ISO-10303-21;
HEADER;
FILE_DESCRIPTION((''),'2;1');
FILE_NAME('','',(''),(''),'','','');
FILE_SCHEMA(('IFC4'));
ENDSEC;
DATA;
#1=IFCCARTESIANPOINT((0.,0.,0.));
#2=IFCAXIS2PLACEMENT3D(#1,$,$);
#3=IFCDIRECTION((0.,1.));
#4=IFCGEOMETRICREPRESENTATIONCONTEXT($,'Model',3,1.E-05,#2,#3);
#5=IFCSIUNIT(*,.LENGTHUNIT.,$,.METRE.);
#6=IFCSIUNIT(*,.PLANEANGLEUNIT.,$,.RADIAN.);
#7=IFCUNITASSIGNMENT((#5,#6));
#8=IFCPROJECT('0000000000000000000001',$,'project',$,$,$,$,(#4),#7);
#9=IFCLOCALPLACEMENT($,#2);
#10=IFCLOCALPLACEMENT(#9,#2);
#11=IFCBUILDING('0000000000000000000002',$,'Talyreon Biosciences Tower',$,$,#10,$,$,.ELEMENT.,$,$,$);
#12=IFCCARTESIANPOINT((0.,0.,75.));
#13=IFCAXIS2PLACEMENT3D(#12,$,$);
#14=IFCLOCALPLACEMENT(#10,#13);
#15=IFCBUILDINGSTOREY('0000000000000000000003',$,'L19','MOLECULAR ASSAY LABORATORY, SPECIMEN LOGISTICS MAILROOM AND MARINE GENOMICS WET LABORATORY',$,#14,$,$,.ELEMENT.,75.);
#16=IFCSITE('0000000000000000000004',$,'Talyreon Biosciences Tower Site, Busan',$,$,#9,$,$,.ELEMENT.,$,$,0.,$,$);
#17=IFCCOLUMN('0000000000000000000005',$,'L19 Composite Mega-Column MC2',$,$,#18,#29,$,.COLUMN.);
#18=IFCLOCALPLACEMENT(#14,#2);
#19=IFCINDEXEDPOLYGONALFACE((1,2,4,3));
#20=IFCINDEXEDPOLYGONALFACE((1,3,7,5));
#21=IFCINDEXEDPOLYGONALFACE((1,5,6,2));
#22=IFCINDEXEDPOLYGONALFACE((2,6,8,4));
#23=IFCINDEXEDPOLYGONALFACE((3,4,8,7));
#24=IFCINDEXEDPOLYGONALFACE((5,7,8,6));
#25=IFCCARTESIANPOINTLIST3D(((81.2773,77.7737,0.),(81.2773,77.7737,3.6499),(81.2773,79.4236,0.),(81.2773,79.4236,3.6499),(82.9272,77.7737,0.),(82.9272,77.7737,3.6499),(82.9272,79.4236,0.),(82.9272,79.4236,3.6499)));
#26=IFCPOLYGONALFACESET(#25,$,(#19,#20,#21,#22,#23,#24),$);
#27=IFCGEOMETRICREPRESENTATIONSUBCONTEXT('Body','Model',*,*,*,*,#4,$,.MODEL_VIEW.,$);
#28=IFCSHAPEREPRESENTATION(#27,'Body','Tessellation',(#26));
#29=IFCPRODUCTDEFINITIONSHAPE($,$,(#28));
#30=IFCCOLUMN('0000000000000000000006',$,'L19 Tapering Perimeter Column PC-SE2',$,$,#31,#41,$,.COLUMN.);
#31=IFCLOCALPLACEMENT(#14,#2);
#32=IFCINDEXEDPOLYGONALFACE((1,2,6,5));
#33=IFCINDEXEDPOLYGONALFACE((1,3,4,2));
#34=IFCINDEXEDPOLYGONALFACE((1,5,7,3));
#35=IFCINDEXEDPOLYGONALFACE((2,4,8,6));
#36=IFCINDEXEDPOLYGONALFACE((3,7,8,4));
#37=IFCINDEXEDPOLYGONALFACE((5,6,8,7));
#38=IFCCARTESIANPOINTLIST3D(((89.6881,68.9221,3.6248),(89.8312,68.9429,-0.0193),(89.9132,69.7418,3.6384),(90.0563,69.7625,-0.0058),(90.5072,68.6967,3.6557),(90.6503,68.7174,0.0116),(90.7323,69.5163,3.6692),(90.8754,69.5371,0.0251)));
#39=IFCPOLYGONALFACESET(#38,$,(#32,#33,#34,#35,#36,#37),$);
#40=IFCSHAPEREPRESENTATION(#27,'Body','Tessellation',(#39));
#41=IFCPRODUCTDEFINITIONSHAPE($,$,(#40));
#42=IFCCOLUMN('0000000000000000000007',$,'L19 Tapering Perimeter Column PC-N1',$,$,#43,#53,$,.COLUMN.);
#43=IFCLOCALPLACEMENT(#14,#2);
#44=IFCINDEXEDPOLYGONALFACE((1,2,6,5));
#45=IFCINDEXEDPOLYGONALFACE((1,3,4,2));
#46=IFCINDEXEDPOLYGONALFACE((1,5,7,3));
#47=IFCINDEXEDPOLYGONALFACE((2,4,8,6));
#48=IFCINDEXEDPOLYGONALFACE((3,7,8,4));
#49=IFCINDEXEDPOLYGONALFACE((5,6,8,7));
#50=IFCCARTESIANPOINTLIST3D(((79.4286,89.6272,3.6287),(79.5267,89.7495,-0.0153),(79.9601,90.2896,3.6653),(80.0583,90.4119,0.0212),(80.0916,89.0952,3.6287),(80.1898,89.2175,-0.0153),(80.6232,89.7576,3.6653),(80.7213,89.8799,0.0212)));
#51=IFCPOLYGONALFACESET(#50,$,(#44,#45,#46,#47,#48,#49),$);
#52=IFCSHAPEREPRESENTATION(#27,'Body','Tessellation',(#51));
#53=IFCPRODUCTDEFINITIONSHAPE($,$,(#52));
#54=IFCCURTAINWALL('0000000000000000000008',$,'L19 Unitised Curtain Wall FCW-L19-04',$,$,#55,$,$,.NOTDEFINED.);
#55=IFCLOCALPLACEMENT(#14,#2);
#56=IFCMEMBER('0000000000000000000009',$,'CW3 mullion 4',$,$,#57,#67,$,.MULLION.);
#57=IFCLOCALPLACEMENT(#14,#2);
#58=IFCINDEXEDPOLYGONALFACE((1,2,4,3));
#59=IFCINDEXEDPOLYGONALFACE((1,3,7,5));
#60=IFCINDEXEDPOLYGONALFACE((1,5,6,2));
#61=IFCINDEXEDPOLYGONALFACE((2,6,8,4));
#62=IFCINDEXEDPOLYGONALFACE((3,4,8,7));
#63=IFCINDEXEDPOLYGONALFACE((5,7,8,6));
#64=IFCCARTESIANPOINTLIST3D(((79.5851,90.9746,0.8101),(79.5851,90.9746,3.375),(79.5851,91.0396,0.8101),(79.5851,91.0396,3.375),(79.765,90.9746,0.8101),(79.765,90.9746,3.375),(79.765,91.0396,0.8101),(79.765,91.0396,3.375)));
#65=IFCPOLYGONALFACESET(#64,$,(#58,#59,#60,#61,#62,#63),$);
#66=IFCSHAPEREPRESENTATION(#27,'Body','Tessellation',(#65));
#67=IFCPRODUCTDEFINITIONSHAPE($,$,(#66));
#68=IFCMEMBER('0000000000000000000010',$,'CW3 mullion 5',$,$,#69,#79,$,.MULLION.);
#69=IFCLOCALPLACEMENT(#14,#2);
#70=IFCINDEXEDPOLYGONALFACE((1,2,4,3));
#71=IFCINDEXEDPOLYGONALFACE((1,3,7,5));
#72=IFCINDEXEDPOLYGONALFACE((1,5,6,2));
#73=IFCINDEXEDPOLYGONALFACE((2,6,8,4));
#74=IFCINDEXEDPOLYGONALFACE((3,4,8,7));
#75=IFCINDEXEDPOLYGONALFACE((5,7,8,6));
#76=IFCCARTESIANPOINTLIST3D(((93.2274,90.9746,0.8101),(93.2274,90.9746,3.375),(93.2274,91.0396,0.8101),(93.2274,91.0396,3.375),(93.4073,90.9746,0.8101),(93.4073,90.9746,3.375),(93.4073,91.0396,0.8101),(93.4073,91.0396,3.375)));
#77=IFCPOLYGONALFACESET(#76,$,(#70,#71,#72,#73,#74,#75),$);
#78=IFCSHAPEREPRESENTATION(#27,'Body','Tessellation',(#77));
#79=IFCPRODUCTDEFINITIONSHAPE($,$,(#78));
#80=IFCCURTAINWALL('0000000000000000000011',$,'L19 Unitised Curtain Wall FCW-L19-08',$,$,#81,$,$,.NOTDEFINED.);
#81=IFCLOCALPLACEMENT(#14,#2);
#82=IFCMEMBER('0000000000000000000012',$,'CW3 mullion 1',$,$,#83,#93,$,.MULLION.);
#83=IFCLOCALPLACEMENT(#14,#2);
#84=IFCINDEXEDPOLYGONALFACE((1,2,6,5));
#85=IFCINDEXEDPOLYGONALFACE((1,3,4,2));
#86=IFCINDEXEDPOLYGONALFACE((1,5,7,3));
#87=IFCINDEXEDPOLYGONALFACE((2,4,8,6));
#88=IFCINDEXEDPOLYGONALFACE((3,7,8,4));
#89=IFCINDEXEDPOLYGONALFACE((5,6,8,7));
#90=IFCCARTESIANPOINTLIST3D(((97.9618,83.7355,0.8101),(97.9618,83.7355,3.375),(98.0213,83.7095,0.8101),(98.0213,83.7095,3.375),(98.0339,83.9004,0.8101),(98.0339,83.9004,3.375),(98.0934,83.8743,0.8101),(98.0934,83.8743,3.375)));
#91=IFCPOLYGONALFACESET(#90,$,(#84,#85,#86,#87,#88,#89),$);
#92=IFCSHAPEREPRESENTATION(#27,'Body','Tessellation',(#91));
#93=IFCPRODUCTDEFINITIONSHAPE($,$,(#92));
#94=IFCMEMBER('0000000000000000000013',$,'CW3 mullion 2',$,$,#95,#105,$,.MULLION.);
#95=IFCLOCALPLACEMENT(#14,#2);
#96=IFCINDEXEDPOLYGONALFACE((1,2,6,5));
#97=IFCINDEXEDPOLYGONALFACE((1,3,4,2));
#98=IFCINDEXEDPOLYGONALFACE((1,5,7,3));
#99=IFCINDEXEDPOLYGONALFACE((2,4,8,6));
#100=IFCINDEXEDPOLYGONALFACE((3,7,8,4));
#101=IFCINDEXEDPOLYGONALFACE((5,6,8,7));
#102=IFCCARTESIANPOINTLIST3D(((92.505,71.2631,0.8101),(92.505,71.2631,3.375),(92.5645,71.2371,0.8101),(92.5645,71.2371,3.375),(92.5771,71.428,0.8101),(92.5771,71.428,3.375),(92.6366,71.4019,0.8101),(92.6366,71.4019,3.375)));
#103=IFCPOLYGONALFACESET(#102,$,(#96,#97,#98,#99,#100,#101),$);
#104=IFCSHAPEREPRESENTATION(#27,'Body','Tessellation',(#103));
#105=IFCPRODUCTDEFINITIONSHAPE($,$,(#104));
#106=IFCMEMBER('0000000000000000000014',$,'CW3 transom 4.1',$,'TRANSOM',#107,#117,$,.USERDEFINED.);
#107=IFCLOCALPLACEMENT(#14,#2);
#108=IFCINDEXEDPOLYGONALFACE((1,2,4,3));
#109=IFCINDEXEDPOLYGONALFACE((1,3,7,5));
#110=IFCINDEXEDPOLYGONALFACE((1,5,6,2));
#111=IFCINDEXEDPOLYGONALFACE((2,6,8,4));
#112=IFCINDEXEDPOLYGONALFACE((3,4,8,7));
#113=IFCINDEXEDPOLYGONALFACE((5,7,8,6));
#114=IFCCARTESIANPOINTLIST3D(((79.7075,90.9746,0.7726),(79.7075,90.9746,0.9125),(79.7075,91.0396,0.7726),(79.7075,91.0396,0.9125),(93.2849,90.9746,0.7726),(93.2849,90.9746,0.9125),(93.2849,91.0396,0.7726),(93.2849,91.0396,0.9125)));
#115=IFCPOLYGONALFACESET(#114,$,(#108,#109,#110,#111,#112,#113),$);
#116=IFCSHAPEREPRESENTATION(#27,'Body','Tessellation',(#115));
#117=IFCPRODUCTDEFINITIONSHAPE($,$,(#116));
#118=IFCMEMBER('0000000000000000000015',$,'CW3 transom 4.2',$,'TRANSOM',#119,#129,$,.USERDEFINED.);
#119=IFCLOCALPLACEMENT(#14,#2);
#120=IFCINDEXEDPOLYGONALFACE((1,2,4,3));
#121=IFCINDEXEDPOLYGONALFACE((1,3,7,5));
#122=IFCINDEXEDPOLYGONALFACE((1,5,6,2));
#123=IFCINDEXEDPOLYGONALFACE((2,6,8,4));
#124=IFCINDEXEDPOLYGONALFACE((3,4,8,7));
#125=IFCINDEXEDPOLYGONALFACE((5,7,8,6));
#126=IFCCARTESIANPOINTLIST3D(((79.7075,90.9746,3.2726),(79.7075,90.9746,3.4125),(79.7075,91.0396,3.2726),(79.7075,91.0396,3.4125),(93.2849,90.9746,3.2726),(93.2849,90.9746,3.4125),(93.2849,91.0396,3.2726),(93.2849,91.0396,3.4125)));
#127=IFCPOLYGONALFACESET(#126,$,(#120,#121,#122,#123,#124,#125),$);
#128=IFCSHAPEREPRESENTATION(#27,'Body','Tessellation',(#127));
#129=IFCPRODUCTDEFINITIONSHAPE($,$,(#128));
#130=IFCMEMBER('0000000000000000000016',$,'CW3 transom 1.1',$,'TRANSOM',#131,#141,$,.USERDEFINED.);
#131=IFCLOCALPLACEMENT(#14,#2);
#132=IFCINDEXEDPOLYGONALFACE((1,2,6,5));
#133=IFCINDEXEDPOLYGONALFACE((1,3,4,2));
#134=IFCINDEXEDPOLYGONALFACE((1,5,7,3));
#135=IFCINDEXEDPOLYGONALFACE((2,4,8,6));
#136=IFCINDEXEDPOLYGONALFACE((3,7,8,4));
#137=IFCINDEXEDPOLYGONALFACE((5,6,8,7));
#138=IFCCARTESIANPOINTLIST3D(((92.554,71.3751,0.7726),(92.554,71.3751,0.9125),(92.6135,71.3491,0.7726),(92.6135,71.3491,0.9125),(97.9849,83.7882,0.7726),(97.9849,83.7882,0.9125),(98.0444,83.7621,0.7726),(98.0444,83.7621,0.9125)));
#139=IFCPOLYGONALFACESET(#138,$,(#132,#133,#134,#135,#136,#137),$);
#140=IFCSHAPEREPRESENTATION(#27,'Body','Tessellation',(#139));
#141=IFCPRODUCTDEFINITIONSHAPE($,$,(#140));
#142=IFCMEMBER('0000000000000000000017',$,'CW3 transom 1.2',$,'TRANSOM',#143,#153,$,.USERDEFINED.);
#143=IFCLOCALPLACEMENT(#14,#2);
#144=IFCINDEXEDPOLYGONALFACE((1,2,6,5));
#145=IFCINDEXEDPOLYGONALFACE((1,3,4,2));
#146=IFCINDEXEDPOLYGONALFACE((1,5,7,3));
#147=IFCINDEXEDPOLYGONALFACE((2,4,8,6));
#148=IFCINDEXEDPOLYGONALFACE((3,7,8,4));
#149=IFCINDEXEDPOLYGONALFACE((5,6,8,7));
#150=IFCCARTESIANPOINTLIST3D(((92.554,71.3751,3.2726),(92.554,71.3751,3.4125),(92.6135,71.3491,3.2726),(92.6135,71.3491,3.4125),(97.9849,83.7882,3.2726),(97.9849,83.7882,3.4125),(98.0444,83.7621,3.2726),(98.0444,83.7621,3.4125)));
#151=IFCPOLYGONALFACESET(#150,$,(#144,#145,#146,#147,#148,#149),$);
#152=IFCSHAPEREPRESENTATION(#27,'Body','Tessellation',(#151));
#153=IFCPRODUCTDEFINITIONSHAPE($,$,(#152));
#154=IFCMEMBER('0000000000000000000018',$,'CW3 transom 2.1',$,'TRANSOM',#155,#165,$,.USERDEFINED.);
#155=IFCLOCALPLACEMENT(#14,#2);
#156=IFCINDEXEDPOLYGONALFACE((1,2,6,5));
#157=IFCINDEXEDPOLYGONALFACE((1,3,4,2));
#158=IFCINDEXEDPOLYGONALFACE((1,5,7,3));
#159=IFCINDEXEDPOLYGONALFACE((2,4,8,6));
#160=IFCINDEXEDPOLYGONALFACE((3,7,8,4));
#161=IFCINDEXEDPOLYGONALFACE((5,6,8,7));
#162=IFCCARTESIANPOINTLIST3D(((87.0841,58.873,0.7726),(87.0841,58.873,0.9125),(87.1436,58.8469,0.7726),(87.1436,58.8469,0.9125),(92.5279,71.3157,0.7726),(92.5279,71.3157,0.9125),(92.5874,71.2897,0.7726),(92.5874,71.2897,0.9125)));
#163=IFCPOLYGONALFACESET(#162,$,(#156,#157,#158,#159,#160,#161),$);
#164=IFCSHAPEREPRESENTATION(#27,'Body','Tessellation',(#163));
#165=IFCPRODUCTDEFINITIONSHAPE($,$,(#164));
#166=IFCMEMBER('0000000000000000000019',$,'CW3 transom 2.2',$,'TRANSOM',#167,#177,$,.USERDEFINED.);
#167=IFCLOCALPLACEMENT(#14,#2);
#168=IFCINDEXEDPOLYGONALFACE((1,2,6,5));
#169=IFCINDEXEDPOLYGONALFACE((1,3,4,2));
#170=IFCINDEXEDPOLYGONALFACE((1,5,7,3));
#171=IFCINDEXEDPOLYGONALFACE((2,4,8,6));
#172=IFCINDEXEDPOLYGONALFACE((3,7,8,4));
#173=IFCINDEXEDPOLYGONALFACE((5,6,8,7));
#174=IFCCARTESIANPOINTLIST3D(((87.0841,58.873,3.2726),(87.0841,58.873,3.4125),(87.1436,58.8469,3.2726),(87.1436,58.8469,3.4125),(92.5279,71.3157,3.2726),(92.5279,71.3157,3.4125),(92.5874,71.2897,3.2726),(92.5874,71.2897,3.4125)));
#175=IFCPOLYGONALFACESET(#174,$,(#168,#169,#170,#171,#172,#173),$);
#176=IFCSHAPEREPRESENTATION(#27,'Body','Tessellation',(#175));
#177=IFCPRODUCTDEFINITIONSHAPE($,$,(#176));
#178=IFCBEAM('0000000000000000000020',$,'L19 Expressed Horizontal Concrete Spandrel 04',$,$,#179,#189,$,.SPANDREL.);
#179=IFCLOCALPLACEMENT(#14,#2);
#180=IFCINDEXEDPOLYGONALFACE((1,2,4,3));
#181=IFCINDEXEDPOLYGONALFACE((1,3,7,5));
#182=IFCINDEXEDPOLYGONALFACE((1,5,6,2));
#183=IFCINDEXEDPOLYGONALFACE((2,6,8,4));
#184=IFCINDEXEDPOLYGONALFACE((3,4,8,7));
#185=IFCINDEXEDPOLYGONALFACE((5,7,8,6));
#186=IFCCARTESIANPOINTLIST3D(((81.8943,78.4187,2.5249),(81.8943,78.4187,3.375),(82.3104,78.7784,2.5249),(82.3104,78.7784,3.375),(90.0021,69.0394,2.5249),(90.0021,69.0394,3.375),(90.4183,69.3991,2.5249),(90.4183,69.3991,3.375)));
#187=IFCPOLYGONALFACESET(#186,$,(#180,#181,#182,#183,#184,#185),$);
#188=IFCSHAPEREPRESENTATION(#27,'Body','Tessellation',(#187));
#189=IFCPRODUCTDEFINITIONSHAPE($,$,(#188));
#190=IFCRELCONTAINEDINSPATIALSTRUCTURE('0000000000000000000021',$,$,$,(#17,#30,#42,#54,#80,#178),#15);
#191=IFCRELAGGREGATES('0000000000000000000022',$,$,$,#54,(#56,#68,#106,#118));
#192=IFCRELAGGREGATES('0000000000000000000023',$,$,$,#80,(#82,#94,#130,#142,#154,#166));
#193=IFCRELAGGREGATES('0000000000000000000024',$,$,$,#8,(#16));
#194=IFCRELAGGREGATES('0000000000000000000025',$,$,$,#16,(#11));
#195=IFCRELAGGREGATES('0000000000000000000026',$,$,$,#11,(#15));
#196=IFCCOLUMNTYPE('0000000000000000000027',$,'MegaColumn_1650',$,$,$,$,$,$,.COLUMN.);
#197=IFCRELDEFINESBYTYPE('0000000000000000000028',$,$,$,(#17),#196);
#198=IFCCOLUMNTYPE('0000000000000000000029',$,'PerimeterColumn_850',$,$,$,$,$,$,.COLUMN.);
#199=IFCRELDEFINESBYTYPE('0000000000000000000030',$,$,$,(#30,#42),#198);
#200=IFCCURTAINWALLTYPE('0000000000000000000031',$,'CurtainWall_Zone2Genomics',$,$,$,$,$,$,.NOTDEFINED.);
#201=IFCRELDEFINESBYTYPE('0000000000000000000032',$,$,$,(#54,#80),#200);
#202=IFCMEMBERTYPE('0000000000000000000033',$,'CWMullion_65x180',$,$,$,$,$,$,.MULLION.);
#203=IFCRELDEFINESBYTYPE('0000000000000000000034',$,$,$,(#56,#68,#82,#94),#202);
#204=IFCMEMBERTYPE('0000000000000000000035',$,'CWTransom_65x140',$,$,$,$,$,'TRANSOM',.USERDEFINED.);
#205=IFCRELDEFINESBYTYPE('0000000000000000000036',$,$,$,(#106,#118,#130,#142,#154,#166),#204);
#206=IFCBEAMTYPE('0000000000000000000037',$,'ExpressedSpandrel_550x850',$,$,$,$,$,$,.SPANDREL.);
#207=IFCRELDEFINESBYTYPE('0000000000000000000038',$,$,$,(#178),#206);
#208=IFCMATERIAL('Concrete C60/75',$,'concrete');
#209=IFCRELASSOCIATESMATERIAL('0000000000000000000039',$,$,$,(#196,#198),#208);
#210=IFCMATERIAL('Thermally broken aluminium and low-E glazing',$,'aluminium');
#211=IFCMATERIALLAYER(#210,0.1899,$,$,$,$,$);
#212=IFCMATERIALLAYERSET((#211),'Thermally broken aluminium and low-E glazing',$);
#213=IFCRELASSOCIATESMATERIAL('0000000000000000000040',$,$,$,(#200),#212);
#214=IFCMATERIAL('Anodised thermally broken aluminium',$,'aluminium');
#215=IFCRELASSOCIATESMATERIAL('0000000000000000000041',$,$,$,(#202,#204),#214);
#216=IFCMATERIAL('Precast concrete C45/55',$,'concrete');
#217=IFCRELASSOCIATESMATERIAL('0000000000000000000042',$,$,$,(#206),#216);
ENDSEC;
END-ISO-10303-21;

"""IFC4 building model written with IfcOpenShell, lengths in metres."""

from ifc_helpers import new_model, si_unit, direction, frame, origin, origin_2d, place, context, subcontext, project, spatial, rectangle, extrude, material, layer, layer_set, material_profile, profile_set, type_object, element, aggregate, save


model = new_model("IFC4")

# Units and contexts
model_context = context("Model", 3, precision=1e-05, world=origin(), true_north=direction((0.0, 1.0)))
body_context = subcontext(model_context, "Body", "Model", "MODEL_VIEW")
ifc_project = project(units=[si_unit("LENGTHUNIT", "METRE"), si_unit("PLANEANGLEUNIT", "RADIAN")], contexts=[model_context])

# Site, building, storey
site_placement = place(None, origin())
site = spatial("IfcSite", under=ifc_project, at=site_placement, Name="Talyreon Biosciences Tower Site, Busan", CompositionType="ELEMENT", RefElevation=0.0)
building_placement = place(site_placement, origin())
building = spatial("IfcBuilding", under=site, at=building_placement, Name="Talyreon Biosciences Tower", CompositionType="ELEMENT")
storey_placement = place(building_placement, frame((0.0, 0.0, 75.0)))
storey = spatial("IfcBuildingStorey", under=building, at=storey_placement, Name="L19", Description="MOLECULAR ASSAY LABORATORY, SPECIMEN LOGISTICS MAILROOM AND MARINE GENOMICS WET LABORATORY", CompositionType="ELEMENT", Elevation=75.0)

# Columns
ifc_material_1 = material(Name="Concrete C60/75", Category="concrete")
ifc_material_profile_1 = material_profile(ifc_material_1, rectangle(XDim=1.6499, YDim=1.6499, at=origin_2d()), Name="RC 1650x1650")
ifc_profile_set_1 = profile_set([ifc_material_profile_1], Name="Concrete C60/75")
column_type_1 = type_object("IfcColumnType", Name="MegaColumn_1650", PredefinedType="COLUMN", material=ifc_profile_set_1)
column_1_placement = place(storey_placement, frame((82.1023, 78.5986, 0.0), z_axis=(0.0, 0.0, 1.0), x_axis=(1.0, 0.0, 0.0)))
element("IfcColumn", 1, at=column_1_placement, inside=storey, type_object=column_type_1, Name="L19 Composite Mega-Column MC2", PredefinedType="COLUMN", context=body_context, shape_type="SweptSolid", body=[
    extrude(rectangle(XDim=1.6499, YDim=1.6499, at=origin_2d()), origin(), (0.0, 0.0, 1.0), 3.6499),
])
ifc_material_profile_2 = material_profile(ifc_material_1, rectangle(XDim=0.8501, YDim=0.8501, at=origin_2d()), Name="RC 850x850")
ifc_profile_set_2 = profile_set([ifc_material_profile_2], Name="Concrete C60/75")
column_type_2 = type_object("IfcColumnType", Name="PerimeterColumn_850", PredefinedType="COLUMN", material=ifc_profile_set_2)
column_2_placement = place(storey_placement, frame((90.3533, 69.24, 0.0029), z_axis=(-0.039229, -0.00569, 0.999214), x_axis=(0.963504, -0.265218, 0.036317)))
element("IfcColumn", 2, at=column_2_placement, inside=storey, type_object=column_type_2, Name="L19 Tapering Perimeter Column PC-SE2", PredefinedType="COLUMN", context=body_context, shape_type="SweptSolid", body=[
    extrude(rectangle(XDim=0.8501, YDim=0.8501, at=origin_2d()), origin(), (0.0, 0.0, 1.0), 3.647),
])
column_3_placement = place(storey_placement, frame((80.124, 89.8147, 0.0029), z_axis=(-0.026908, -0.033535, 0.999075), x_axis=(-0.779957, 0.625834, 0.0)))
element("IfcColumn", 3, at=column_3_placement, inside=storey, type_object=column_type_2, Name="L19 Tapering Perimeter Column PC-N1", PredefinedType="COLUMN", context=body_context, shape_type="SweptSolid", body=[
    extrude(rectangle(XDim=0.8501, YDim=0.8501, at=origin_2d()), origin(), (0.0, 0.0, 1.0), 3.6475),
])

# Curtain walls, members
ifc_material_2 = material(Name="Thermally broken aluminium and low-E glazing", Category="aluminium")
ifc_layer_1 = layer(ifc_material_2, 0.1899)
ifc_layer_set_1 = layer_set([ifc_layer_1], Name="Thermally broken aluminium and low-E glazing")
curtain_wall_type = type_object("IfcCurtainWallType", Name="CurtainWall_Zone2Genomics", PredefinedType="NOTDEFINED", material=ifc_layer_set_1)
curtain_wall_1_placement = place(storey_placement, origin())
curtain_wall_1 = element("IfcCurtainWall", 4, at=curtain_wall_1_placement, inside=storey, type_object=curtain_wall_type, Name="L19 Unitised Curtain Wall FCW-L19-04", PredefinedType="NOTDEFINED")
ifc_material_3 = material(Name="Anodised thermally broken aluminium", Category="aluminium")
ifc_material_profile_3 = material_profile(ifc_material_3, rectangle(XDim=0.0649, YDim=0.1799, at=origin_2d()), Name="ALUM MULLION 65x180")
ifc_profile_set_3 = profile_set([ifc_material_profile_3], Name="Anodised thermally broken aluminium")
member_type_1 = type_object("IfcMemberType", Name="CWMullion_65x180", PredefinedType="MULLION", material=ifc_profile_set_3)
member_1_placement = place(storey_placement, frame((79.675, 91.0071, 0.8101), z_axis=(0.0, 0.0, 1.0), x_axis=(0.0, 1.0, 0.0)))
member_1 = element("IfcMember", 5, at=member_1_placement, type_object=member_type_1, Name="CW3 mullion 4", PredefinedType="MULLION", context=body_context, shape_type="SweptSolid", body=[
    extrude(rectangle(XDim=0.0649, YDim=0.1799, at=origin_2d()), origin(), (0.0, 0.0, 1.0), 2.5649),
])
member_2_placement = place(storey_placement, frame((93.3174, 91.0071, 0.8101), z_axis=(0.0, 0.0, 1.0), x_axis=(0.0, 1.0, 0.0)))
member_2 = element("IfcMember", 6, at=member_2_placement, type_object=member_type_1, Name="CW3 mullion 5", PredefinedType="MULLION", context=body_context, shape_type="SweptSolid", body=[
    extrude(rectangle(XDim=0.0649, YDim=0.1799, at=origin_2d()), origin(), (0.0, 0.0, 1.0), 2.5649),
])
curtain_wall_2_placement = place(storey_placement, origin())
curtain_wall_2 = element("IfcCurtainWall", 7, at=curtain_wall_2_placement, inside=storey, type_object=curtain_wall_type, Name="L19 Unitised Curtain Wall FCW-L19-08", PredefinedType="NOTDEFINED")
member_3_placement = place(storey_placement, frame((98.0276, 83.8049, 0.8101), z_axis=(0.0, 0.0, 1.0), x_axis=(0.916152, -0.400831, 0.0)))
member_3 = element("IfcMember", 8, at=member_3_placement, type_object=member_type_1, Name="CW3 mullion 1", PredefinedType="MULLION", context=body_context, shape_type="SweptSolid", body=[
    extrude(rectangle(XDim=0.0649, YDim=0.1799, at=origin_2d()), origin(), (0.0, 0.0, 1.0), 2.5649),
])
member_4_placement = place(storey_placement, frame((92.5708, 71.3325, 0.8101), z_axis=(0.0, 0.0, 1.0), x_axis=(0.916152, -0.400831, 0.0)))
member_4 = element("IfcMember", 9, at=member_4_placement, type_object=member_type_1, Name="CW3 mullion 2", PredefinedType="MULLION", context=body_context, shape_type="SweptSolid", body=[
    extrude(rectangle(XDim=0.0649, YDim=0.1799, at=origin_2d()), origin(), (0.0, 0.0, 1.0), 2.5649),
])

# Members
ifc_material_profile_4 = material_profile(ifc_material_3, rectangle(XDim=0.0649, YDim=0.1399, at=origin_2d()), Name="ALUM TRANSOM 65x140")
ifc_profile_set_4 = profile_set([ifc_material_profile_4], Name="Anodised thermally broken aluminium")
member_type_2 = type_object("IfcMemberType", Name="CWTransom_65x140", ElementType="TRANSOM", PredefinedType="USERDEFINED", material=ifc_profile_set_4)
member_5_placement = place(storey_placement, frame((79.7075, 91.0071, 0.8425), z_axis=(1.0, 0.0, 0.0), x_axis=(0.0, 1.0, 0.0)))
member_5 = element("IfcMember", 10, at=member_5_placement, type_object=member_type_2, Name="CW3 transom 4.1", ObjectType="TRANSOM", PredefinedType="USERDEFINED", context=body_context, shape_type="SweptSolid", body=[
    extrude(rectangle(XDim=0.0649, YDim=0.1399, at=origin_2d()), origin(), (0.0, 0.0, 1.0), 13.5774),
])
member_6_placement = place(storey_placement, frame((79.7075, 91.0071, 3.3425), z_axis=(1.0, 0.0, 0.0), x_axis=(0.0, 1.0, 0.0)))
member_6 = element("IfcMember", 11, at=member_6_placement, type_object=member_type_2, Name="CW3 transom 4.2", ObjectType="TRANSOM", PredefinedType="USERDEFINED", context=body_context, shape_type="SweptSolid", body=[
    extrude(rectangle(XDim=0.0649, YDim=0.1399, at=origin_2d()), origin(), (0.0, 0.0, 1.0), 13.5774),
])
member_7_placement = place(storey_placement, frame((98.0146, 83.7751, 0.8425), z_axis=(-0.40083, -0.916152, 0.0), x_axis=(0.916152, -0.40083, 0.0)))
member_7 = element("IfcMember", 12, at=member_7_placement, type_object=member_type_2, Name="CW3 transom 1.1", ObjectType="TRANSOM", PredefinedType="USERDEFINED", context=body_context, shape_type="SweptSolid", body=[
    extrude(rectangle(XDim=0.0649, YDim=0.1399, at=origin_2d()), origin(), (0.0, 0.0, 1.0), 13.5491),
])
member_8_placement = place(storey_placement, frame((98.0146, 83.7751, 3.3425), z_axis=(-0.40083, -0.916152, 0.0), x_axis=(0.916152, -0.40083, 0.0)))
member_8 = element("IfcMember", 13, at=member_8_placement, type_object=member_type_2, Name="CW3 transom 1.2", ObjectType="TRANSOM", PredefinedType="USERDEFINED", context=body_context, shape_type="SweptSolid", body=[
    extrude(rectangle(XDim=0.0649, YDim=0.1399, at=origin_2d()), origin(), (0.0, 0.0, 1.0), 13.5491),
])
member_9_placement = place(storey_placement, frame((92.5576, 71.3027, 0.8425), z_axis=(-0.400824, -0.916155, 0.0), x_axis=(0.916155, -0.400824, 0.0)))
member_9 = element("IfcMember", 14, at=member_9_placement, type_object=member_type_2, Name="CW3 transom 2.1", ObjectType="TRANSOM", PredefinedType="USERDEFINED", context=body_context, shape_type="SweptSolid", body=[
    extrude(rectangle(XDim=0.0649, YDim=0.1399, at=origin_2d()), origin(), (0.0, 0.0, 1.0), 13.5815),
])
member_10_placement = place(storey_placement, frame((92.5576, 71.3027, 3.3425), z_axis=(-0.400824, -0.916155, 0.0), x_axis=(0.916155, -0.400824, 0.0)))
member_10 = element("IfcMember", 15, at=member_10_placement, type_object=member_type_2, Name="CW3 transom 2.2", ObjectType="TRANSOM", PredefinedType="USERDEFINED", context=body_context, shape_type="SweptSolid", body=[
    extrude(rectangle(XDim=0.0649, YDim=0.1399, at=origin_2d()), origin(), (0.0, 0.0, 1.0), 13.5815),
])

# Beam
ifc_material_4 = material(Name="Precast concrete C45/55", Category="concrete")
ifc_material_profile_5 = material_profile(ifc_material_4, rectangle(XDim=0.55, YDim=0.8501, at=origin_2d()), Name="RCB 550x850")
ifc_profile_set_5 = profile_set([ifc_material_profile_5], Name="Precast concrete C45/55")
beam_type_1 = type_object("IfcBeamType", Name="ExpressedSpandrel_550x850", PredefinedType="SPANDREL", material=ifc_profile_set_5)
beam_1_placement = place(storey_placement, frame((90.2102, 69.2192, 2.95), z_axis=(-0.653967, 0.756523, 0.0), x_axis=(-0.756523, -0.653967, 0.0)))
element("IfcBeam", 16, at=beam_1_placement, inside=storey, type_object=beam_type_1, Name="L19 Expressed Horizontal Concrete Spandrel 04", PredefinedType="SPANDREL", context=body_context, shape_type="SweptSolid", body=[
    extrude(rectangle(XDim=0.55, YDim=0.8501, at=origin_2d()), origin(), (0.0, 0.0, 1.0), 12.3979),
])

aggregate(curtain_wall_1, [member_1, member_2, member_5, member_6])
aggregate(curtain_wall_2, [member_3, member_4, member_7, member_8, member_9, member_10])

save(model, "model.ifc")
